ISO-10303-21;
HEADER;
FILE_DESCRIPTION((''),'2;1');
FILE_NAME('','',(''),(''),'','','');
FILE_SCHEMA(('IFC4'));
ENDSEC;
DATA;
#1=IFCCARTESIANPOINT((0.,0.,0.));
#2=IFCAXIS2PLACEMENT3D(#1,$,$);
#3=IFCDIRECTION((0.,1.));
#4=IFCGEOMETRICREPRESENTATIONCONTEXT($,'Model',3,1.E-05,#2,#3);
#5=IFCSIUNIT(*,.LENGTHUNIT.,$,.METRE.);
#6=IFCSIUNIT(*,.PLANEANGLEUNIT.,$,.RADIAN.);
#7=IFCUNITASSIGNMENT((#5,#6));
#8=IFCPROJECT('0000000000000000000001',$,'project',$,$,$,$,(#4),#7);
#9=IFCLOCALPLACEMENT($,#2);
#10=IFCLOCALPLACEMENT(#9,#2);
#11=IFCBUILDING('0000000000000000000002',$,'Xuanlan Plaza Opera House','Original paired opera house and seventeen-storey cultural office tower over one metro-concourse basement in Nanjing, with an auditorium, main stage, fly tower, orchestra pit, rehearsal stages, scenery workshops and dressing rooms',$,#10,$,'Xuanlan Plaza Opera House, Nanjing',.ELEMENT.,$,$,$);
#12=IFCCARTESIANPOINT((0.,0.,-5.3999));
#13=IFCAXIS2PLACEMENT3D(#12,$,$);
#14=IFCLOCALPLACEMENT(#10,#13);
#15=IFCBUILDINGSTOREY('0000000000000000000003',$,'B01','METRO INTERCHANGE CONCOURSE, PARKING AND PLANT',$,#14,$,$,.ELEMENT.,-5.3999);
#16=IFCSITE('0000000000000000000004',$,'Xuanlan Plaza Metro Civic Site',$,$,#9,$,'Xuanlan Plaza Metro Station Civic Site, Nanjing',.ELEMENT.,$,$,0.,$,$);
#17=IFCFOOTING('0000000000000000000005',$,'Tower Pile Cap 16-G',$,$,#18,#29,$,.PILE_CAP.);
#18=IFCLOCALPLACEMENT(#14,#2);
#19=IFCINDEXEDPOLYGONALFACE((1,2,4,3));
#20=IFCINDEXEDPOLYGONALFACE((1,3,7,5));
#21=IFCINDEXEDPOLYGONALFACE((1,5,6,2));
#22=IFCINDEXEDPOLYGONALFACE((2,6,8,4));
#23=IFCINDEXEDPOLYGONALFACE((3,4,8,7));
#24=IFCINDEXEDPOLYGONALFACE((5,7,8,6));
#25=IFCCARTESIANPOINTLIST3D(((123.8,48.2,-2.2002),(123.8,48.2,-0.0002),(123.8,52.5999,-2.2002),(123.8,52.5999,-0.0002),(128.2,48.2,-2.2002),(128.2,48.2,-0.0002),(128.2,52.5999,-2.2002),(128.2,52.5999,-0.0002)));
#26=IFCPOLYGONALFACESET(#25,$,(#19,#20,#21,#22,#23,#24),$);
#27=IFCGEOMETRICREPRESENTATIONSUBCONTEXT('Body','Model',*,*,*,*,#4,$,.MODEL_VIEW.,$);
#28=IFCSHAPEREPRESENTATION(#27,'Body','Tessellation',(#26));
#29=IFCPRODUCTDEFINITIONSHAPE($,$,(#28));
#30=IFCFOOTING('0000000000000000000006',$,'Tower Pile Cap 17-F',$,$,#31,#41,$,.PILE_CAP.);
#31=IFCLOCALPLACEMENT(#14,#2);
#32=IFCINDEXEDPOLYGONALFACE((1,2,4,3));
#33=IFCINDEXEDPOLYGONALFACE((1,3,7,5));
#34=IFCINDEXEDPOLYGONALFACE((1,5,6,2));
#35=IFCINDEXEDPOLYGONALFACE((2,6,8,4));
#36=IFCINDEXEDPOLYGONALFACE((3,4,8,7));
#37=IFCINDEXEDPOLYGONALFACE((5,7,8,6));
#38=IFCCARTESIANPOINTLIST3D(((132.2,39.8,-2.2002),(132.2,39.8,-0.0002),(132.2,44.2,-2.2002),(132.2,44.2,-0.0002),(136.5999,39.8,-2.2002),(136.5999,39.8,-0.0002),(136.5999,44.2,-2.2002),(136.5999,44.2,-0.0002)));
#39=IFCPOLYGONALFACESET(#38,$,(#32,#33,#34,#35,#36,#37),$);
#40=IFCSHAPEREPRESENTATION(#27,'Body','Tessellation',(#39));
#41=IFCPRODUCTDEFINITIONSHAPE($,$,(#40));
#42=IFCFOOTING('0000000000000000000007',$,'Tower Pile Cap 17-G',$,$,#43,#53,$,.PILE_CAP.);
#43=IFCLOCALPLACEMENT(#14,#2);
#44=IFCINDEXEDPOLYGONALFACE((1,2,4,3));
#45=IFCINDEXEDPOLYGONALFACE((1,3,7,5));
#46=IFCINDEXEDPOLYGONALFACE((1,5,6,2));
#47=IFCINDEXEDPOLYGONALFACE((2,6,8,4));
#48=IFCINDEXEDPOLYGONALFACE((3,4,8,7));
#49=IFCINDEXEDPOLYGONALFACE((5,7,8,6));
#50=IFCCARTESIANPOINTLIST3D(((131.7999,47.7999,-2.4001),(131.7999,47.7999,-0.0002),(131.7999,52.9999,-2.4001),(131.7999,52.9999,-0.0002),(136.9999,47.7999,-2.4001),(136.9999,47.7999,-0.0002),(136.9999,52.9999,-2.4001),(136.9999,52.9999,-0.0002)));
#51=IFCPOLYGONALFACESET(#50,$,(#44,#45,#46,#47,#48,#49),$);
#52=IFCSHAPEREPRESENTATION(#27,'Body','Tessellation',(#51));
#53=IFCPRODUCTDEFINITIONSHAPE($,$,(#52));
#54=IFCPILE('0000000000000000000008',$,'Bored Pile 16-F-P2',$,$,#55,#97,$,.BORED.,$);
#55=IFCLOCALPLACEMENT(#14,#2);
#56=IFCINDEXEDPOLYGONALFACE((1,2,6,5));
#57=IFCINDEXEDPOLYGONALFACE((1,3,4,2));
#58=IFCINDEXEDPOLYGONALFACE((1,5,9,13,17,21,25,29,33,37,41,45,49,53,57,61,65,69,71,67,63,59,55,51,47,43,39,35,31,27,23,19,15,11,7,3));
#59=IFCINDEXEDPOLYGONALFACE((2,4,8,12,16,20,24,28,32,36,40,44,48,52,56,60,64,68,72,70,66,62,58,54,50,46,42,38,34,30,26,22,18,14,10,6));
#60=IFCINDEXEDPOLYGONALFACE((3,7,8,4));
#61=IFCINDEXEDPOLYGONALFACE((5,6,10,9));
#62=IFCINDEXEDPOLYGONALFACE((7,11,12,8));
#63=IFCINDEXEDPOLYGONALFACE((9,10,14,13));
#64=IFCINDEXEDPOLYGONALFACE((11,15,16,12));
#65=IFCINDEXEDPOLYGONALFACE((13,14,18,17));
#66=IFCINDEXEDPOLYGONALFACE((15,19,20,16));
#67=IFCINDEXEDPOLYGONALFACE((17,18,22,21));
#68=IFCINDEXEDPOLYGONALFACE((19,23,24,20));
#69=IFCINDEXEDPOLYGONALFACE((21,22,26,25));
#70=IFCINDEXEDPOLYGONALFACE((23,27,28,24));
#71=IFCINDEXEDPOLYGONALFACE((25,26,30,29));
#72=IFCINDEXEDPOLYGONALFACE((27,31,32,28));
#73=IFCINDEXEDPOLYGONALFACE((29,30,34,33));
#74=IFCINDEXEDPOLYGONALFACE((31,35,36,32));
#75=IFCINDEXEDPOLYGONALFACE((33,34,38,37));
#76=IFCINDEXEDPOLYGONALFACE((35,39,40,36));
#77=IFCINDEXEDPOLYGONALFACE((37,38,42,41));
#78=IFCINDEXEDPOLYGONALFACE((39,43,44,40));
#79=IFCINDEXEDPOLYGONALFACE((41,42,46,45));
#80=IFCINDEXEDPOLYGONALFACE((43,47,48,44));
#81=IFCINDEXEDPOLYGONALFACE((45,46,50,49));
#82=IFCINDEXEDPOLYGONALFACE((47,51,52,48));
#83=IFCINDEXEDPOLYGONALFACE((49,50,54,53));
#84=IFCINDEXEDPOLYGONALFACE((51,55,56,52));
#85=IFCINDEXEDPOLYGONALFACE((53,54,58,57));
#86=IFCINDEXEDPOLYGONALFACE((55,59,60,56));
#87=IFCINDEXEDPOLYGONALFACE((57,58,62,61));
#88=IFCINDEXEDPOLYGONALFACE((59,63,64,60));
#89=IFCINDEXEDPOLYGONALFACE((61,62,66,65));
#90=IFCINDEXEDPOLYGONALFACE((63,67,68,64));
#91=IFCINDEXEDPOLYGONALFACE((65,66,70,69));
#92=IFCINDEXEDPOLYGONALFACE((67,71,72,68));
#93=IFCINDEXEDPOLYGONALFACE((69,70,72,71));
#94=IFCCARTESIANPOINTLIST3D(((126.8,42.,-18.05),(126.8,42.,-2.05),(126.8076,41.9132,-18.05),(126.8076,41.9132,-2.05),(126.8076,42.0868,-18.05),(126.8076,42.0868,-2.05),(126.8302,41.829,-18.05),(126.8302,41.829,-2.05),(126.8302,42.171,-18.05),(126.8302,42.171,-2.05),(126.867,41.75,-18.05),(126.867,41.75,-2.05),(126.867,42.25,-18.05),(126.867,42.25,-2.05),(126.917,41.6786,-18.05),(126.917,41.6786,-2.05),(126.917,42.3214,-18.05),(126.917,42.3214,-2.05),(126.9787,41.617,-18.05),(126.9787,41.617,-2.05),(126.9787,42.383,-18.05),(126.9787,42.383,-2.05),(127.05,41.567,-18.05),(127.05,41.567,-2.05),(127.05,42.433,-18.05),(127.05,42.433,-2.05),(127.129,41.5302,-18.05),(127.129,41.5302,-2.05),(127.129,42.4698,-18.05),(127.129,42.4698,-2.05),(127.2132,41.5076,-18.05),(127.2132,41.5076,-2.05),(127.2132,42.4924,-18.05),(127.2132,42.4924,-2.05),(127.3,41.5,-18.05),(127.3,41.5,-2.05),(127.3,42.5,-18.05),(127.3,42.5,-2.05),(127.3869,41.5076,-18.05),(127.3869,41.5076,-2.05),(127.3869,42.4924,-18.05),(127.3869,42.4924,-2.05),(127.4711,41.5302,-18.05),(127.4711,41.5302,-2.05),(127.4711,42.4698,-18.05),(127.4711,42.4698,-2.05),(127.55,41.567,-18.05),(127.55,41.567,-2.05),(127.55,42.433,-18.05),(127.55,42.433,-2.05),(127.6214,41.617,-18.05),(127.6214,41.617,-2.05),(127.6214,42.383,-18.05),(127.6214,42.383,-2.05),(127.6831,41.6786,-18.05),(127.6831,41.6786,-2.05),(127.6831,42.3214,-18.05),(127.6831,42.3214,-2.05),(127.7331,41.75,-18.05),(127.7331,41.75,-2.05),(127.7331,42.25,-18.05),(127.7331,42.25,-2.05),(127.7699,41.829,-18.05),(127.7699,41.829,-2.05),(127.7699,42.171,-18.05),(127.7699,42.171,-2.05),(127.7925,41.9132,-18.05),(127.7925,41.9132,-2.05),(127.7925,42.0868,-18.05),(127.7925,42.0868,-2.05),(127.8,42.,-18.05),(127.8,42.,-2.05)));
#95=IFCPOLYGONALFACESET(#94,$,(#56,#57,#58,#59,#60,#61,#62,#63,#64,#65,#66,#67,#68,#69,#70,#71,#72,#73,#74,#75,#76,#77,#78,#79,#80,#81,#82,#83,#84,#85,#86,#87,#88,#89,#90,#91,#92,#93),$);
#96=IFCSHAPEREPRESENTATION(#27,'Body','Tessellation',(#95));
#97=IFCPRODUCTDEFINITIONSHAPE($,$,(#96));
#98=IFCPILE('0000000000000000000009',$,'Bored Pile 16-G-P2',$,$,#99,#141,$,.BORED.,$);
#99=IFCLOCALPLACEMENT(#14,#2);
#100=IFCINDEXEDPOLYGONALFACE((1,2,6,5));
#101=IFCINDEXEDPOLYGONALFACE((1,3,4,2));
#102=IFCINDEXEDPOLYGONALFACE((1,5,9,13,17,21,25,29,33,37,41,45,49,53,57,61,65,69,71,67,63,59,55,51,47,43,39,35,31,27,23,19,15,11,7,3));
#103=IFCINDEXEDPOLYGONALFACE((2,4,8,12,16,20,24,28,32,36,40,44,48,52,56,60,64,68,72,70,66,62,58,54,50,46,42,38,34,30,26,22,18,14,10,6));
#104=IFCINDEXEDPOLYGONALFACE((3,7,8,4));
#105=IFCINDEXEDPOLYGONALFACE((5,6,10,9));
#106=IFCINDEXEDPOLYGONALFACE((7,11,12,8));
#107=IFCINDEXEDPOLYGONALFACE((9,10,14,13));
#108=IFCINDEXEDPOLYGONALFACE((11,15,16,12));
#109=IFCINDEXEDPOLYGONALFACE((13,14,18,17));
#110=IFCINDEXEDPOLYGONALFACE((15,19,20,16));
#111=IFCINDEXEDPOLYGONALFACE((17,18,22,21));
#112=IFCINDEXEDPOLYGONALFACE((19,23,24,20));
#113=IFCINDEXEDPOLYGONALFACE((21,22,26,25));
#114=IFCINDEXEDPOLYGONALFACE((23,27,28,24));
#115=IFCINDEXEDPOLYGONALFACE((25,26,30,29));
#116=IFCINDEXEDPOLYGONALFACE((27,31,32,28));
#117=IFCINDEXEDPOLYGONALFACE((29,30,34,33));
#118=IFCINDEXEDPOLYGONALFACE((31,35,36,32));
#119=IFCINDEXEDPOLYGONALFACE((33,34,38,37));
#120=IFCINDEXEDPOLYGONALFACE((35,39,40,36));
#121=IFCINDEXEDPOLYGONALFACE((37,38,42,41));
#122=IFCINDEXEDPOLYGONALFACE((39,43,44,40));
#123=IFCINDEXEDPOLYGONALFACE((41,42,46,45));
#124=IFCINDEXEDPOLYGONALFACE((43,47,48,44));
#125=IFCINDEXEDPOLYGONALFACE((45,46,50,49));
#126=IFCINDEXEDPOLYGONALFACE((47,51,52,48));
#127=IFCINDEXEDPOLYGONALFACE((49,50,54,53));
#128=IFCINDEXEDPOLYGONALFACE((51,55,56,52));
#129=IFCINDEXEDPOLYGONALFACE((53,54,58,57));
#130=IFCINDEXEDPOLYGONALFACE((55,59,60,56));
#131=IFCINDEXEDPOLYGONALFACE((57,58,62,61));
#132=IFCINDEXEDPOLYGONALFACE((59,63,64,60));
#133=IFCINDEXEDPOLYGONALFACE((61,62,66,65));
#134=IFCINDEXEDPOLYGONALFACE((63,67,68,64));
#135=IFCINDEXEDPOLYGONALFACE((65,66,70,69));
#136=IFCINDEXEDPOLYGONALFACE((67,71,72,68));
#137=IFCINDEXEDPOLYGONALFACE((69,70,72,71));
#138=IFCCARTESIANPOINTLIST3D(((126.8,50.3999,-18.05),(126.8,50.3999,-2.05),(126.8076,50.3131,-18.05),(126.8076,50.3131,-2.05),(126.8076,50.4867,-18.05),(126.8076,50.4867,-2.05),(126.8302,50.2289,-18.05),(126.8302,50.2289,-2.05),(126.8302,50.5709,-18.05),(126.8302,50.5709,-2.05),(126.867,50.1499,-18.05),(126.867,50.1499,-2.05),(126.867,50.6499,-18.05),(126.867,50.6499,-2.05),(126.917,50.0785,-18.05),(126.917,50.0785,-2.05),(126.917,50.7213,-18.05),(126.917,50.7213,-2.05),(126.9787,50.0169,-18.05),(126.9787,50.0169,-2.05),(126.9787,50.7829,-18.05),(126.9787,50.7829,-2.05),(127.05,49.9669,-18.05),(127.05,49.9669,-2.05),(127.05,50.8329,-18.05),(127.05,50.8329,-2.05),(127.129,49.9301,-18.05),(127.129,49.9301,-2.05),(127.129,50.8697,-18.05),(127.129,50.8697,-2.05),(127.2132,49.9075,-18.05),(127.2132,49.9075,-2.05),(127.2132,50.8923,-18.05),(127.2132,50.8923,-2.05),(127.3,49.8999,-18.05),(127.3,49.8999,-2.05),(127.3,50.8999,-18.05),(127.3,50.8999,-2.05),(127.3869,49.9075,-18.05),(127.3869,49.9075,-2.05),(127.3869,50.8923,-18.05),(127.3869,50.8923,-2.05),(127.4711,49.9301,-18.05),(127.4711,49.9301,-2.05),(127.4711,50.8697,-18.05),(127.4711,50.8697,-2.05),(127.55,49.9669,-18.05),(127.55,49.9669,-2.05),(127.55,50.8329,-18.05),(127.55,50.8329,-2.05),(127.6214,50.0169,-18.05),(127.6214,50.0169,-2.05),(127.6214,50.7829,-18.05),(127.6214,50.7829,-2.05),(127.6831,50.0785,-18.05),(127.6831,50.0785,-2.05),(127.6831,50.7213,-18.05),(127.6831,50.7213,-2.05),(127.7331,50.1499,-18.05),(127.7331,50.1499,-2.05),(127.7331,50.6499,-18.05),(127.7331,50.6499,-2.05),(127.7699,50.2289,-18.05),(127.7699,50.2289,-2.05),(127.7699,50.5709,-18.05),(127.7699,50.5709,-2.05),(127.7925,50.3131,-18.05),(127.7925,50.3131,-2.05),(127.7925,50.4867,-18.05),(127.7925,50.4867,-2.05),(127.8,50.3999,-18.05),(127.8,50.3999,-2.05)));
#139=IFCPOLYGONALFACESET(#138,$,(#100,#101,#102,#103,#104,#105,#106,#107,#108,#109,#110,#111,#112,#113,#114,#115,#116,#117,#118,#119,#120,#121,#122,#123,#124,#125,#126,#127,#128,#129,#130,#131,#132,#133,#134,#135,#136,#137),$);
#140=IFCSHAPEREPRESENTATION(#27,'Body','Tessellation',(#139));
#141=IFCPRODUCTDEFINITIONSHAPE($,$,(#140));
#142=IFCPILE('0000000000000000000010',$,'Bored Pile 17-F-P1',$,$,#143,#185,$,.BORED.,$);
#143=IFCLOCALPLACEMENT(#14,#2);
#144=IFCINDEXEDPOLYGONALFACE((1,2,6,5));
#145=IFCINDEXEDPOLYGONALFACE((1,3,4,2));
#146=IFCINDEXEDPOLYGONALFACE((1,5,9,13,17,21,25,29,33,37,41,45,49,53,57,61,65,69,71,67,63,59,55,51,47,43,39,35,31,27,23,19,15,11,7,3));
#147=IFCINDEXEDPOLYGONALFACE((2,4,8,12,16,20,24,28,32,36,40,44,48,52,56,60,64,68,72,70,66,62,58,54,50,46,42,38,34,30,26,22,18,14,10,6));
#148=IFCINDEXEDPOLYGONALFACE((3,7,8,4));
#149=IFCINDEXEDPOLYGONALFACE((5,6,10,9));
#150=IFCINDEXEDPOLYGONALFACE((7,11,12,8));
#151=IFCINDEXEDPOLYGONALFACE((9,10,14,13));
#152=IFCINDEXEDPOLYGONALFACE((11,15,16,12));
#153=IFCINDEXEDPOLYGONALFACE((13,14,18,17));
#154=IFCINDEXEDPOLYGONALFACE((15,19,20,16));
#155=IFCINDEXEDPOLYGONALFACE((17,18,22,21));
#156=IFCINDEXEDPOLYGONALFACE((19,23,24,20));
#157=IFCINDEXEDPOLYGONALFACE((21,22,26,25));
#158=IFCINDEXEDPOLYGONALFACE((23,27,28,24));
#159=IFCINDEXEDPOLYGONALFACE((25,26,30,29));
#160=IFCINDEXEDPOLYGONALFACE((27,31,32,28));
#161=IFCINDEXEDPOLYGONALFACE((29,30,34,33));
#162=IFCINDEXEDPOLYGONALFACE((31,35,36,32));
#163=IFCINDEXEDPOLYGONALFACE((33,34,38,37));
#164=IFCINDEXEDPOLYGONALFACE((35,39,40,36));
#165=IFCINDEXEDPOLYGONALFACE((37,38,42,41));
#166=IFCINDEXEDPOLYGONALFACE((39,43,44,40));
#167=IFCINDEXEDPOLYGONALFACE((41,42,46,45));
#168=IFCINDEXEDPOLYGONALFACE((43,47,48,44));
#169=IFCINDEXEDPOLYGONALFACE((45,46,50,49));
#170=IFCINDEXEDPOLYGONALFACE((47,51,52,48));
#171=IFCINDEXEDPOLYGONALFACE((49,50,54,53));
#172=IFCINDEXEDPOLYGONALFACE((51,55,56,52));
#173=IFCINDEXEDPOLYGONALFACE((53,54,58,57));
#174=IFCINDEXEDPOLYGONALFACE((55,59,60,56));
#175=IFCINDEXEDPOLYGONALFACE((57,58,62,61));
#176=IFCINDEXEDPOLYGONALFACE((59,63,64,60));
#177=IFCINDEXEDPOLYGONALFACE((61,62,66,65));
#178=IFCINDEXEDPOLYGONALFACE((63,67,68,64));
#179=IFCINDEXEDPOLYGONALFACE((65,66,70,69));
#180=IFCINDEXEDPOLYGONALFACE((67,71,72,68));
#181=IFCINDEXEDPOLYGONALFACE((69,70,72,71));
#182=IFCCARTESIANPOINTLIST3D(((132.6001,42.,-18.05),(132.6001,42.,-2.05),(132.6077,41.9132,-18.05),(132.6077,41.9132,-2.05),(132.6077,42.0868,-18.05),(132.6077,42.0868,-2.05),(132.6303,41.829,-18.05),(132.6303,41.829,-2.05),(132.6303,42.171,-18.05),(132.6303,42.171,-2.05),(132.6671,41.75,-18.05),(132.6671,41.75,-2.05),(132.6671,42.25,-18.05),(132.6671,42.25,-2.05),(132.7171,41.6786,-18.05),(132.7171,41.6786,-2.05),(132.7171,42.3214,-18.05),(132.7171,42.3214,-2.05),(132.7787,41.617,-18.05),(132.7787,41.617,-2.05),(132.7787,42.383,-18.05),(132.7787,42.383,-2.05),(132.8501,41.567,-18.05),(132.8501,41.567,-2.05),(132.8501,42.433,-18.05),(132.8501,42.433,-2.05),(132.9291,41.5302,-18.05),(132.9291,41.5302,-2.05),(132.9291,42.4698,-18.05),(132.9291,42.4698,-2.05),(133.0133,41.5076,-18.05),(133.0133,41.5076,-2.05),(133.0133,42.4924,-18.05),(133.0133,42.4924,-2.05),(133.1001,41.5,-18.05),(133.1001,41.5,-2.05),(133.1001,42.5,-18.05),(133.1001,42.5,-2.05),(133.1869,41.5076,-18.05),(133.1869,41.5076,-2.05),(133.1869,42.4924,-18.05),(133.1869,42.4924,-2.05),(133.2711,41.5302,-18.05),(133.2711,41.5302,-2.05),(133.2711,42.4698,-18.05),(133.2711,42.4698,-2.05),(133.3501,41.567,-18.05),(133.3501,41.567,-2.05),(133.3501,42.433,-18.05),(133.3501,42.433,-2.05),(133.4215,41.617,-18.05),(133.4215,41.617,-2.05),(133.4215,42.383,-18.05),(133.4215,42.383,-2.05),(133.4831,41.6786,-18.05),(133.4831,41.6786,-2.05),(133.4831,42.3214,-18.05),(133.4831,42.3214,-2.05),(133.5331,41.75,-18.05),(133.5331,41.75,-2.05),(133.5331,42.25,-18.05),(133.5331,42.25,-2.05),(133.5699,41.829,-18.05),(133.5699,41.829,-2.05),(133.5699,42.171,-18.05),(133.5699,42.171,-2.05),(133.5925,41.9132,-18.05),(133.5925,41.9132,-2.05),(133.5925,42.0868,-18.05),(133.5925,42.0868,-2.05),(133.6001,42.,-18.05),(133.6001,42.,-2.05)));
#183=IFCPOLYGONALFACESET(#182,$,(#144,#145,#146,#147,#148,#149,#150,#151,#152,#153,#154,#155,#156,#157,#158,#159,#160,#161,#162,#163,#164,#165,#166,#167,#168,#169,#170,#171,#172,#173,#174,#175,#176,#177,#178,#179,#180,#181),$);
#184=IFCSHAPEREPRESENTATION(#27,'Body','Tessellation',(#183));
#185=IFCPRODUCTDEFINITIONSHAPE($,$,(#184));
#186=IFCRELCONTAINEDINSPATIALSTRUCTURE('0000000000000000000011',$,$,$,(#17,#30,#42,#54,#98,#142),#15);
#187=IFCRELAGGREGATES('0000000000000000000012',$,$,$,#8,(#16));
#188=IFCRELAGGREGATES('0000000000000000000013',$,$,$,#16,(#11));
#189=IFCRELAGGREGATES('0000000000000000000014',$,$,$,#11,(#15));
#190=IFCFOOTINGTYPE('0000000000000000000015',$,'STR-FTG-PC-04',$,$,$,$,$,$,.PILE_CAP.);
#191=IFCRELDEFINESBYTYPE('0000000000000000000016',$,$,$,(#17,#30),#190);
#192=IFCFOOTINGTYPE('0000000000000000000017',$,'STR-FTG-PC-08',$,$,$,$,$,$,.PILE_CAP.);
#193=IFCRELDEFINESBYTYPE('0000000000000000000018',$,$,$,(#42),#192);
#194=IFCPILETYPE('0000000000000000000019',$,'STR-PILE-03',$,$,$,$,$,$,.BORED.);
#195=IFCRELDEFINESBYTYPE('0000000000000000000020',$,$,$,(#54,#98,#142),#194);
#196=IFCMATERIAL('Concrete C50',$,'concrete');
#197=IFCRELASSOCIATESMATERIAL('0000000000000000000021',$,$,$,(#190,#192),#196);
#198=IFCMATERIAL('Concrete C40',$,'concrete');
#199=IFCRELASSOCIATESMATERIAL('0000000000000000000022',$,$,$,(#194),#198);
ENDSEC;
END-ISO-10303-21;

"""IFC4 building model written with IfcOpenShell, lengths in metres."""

from ifc_helpers import new_model, si_unit, direction, frame, origin, origin_2d, place, context, subcontext, project, spatial, rectangle, circle, extrude, material, material_profile, profile_set, type_object, element, save


model = new_model("IFC4")

# Units and contexts
model_context = context("Model", 3, precision=1e-05, world=origin(), true_north=direction((0.0, 1.0)))
body_context = subcontext(model_context, "Body", "Model", "MODEL_VIEW")
ifc_project = project(units=[si_unit("LENGTHUNIT", "METRE"), si_unit("PLANEANGLEUNIT", "RADIAN")], contexts=[model_context])

# Site, building, storey
site_placement = place(None, origin())
site = spatial("IfcSite", under=ifc_project, at=site_placement, Name="Xuanlan Plaza Metro Civic Site", LongName="Xuanlan Plaza Metro Station Civic Site, Nanjing", CompositionType="ELEMENT", RefElevation=0.0)
building_placement = place(site_placement, origin())
building = spatial("IfcBuilding", under=site, at=building_placement, Name="Xuanlan Plaza Opera House", Description="Original paired opera house and seventeen-storey cultural office tower over one metro-concourse basement in Nanjing, with an auditorium, main stage, fly tower, orchestra pit, rehearsal stages, scenery workshops and dressing rooms", LongName="Xuanlan Plaza Opera House, Nanjing", CompositionType="ELEMENT")
storey_placement = place(building_placement, frame((0.0, 0.0, -5.3999)))
storey = spatial("IfcBuildingStorey", under=building, at=storey_placement, Name="B01", Description="METRO INTERCHANGE CONCOURSE, PARKING AND PLANT", CompositionType="ELEMENT", Elevation=-5.3999)

# Footings
ifc_material_1 = material(Name="Concrete C50", Category="concrete")
footing_type_1 = type_object("IfcFootingType", Name="STR-FTG-PC-04", PredefinedType="PILE_CAP", material=ifc_material_1)
for number, where, z_axis, x_axis, name in (
    (1, (126.0, 50.3999, -2.2002), (0.0, 0.0, 1.0), (1.0, 0.0, 0.0), "Tower Pile Cap 16-G"),
    (2, (134.3999, 42.0, -2.2002), (0.0, 0.0, 1.0), (1.0, 0.0, 0.0), "Tower Pile Cap 17-F"),
):
    element("IfcFooting", number, at=place(storey_placement, frame(where, z_axis=z_axis, x_axis=x_axis)), inside=storey, type_object=footing_type_1, Name=name, PredefinedType="PILE_CAP", context=body_context, shape_type="SweptSolid", body=[
        extrude(rectangle(XDim=4.3999, YDim=4.3999, at=origin_2d()), origin(), (0.0, 0.0, 1.0), 2.2),
    ])
footing_type_2 = type_object("IfcFootingType", Name="STR-FTG-PC-08", PredefinedType="PILE_CAP", material=ifc_material_1)
footing_placement = place(storey_placement, frame((134.3999, 50.3999, -2.4001), z_axis=(0.0, 0.0, 1.0), x_axis=(1.0, 0.0, 0.0)))
element("IfcFooting", 3, at=footing_placement, inside=storey, type_object=footing_type_2, Name="Tower Pile Cap 17-G", PredefinedType="PILE_CAP", context=body_context, shape_type="SweptSolid", body=[
    extrude(rectangle(XDim=5.2, YDim=5.2, at=origin_2d()), origin(), (0.0, 0.0, 1.0), 2.3999),
])

# Piles
ifc_material_2 = material(Name="Concrete C40", Category="concrete")
ifc_material_profile_1 = material_profile(ifc_material_2, circle(Radius=0.5, at=origin_2d()), Name="PILE D1000")
ifc_profile_set_1 = profile_set([ifc_material_profile_1], Name="Concrete C40")
pile_type = type_object("IfcPileType", Name="STR-PILE-03", PredefinedType="BORED", material=ifc_profile_set_1)
for number, where, z_axis, x_axis, name in (
    (4, (127.3, 42.0, -2.05), (0.0, 0.0, -1.0), (1.0, 0.0, 0.0), "Bored Pile 16-F-P2"),
    (5, (127.3, 50.3999, -2.05), (0.0, 0.0, -1.0), (1.0, 0.0, 0.0), "Bored Pile 16-G-P2"),
    (6, (133.1001, 42.0, -2.05), (0.0, 0.0, -1.0), (1.0, 0.0, 0.0), "Bored Pile 17-F-P1"),
):
    element("IfcPile", number, at=place(storey_placement, frame(where, z_axis=z_axis, x_axis=x_axis)), inside=storey, type_object=pile_type, Name=name, PredefinedType="BORED", context=body_context, shape_type="SweptSolid", body=[
        extrude(circle(Radius=0.5, at=origin_2d()), origin(), (0.0, 0.0, 1.0), 16.0),
    ])

save(model, "model.ifc")
